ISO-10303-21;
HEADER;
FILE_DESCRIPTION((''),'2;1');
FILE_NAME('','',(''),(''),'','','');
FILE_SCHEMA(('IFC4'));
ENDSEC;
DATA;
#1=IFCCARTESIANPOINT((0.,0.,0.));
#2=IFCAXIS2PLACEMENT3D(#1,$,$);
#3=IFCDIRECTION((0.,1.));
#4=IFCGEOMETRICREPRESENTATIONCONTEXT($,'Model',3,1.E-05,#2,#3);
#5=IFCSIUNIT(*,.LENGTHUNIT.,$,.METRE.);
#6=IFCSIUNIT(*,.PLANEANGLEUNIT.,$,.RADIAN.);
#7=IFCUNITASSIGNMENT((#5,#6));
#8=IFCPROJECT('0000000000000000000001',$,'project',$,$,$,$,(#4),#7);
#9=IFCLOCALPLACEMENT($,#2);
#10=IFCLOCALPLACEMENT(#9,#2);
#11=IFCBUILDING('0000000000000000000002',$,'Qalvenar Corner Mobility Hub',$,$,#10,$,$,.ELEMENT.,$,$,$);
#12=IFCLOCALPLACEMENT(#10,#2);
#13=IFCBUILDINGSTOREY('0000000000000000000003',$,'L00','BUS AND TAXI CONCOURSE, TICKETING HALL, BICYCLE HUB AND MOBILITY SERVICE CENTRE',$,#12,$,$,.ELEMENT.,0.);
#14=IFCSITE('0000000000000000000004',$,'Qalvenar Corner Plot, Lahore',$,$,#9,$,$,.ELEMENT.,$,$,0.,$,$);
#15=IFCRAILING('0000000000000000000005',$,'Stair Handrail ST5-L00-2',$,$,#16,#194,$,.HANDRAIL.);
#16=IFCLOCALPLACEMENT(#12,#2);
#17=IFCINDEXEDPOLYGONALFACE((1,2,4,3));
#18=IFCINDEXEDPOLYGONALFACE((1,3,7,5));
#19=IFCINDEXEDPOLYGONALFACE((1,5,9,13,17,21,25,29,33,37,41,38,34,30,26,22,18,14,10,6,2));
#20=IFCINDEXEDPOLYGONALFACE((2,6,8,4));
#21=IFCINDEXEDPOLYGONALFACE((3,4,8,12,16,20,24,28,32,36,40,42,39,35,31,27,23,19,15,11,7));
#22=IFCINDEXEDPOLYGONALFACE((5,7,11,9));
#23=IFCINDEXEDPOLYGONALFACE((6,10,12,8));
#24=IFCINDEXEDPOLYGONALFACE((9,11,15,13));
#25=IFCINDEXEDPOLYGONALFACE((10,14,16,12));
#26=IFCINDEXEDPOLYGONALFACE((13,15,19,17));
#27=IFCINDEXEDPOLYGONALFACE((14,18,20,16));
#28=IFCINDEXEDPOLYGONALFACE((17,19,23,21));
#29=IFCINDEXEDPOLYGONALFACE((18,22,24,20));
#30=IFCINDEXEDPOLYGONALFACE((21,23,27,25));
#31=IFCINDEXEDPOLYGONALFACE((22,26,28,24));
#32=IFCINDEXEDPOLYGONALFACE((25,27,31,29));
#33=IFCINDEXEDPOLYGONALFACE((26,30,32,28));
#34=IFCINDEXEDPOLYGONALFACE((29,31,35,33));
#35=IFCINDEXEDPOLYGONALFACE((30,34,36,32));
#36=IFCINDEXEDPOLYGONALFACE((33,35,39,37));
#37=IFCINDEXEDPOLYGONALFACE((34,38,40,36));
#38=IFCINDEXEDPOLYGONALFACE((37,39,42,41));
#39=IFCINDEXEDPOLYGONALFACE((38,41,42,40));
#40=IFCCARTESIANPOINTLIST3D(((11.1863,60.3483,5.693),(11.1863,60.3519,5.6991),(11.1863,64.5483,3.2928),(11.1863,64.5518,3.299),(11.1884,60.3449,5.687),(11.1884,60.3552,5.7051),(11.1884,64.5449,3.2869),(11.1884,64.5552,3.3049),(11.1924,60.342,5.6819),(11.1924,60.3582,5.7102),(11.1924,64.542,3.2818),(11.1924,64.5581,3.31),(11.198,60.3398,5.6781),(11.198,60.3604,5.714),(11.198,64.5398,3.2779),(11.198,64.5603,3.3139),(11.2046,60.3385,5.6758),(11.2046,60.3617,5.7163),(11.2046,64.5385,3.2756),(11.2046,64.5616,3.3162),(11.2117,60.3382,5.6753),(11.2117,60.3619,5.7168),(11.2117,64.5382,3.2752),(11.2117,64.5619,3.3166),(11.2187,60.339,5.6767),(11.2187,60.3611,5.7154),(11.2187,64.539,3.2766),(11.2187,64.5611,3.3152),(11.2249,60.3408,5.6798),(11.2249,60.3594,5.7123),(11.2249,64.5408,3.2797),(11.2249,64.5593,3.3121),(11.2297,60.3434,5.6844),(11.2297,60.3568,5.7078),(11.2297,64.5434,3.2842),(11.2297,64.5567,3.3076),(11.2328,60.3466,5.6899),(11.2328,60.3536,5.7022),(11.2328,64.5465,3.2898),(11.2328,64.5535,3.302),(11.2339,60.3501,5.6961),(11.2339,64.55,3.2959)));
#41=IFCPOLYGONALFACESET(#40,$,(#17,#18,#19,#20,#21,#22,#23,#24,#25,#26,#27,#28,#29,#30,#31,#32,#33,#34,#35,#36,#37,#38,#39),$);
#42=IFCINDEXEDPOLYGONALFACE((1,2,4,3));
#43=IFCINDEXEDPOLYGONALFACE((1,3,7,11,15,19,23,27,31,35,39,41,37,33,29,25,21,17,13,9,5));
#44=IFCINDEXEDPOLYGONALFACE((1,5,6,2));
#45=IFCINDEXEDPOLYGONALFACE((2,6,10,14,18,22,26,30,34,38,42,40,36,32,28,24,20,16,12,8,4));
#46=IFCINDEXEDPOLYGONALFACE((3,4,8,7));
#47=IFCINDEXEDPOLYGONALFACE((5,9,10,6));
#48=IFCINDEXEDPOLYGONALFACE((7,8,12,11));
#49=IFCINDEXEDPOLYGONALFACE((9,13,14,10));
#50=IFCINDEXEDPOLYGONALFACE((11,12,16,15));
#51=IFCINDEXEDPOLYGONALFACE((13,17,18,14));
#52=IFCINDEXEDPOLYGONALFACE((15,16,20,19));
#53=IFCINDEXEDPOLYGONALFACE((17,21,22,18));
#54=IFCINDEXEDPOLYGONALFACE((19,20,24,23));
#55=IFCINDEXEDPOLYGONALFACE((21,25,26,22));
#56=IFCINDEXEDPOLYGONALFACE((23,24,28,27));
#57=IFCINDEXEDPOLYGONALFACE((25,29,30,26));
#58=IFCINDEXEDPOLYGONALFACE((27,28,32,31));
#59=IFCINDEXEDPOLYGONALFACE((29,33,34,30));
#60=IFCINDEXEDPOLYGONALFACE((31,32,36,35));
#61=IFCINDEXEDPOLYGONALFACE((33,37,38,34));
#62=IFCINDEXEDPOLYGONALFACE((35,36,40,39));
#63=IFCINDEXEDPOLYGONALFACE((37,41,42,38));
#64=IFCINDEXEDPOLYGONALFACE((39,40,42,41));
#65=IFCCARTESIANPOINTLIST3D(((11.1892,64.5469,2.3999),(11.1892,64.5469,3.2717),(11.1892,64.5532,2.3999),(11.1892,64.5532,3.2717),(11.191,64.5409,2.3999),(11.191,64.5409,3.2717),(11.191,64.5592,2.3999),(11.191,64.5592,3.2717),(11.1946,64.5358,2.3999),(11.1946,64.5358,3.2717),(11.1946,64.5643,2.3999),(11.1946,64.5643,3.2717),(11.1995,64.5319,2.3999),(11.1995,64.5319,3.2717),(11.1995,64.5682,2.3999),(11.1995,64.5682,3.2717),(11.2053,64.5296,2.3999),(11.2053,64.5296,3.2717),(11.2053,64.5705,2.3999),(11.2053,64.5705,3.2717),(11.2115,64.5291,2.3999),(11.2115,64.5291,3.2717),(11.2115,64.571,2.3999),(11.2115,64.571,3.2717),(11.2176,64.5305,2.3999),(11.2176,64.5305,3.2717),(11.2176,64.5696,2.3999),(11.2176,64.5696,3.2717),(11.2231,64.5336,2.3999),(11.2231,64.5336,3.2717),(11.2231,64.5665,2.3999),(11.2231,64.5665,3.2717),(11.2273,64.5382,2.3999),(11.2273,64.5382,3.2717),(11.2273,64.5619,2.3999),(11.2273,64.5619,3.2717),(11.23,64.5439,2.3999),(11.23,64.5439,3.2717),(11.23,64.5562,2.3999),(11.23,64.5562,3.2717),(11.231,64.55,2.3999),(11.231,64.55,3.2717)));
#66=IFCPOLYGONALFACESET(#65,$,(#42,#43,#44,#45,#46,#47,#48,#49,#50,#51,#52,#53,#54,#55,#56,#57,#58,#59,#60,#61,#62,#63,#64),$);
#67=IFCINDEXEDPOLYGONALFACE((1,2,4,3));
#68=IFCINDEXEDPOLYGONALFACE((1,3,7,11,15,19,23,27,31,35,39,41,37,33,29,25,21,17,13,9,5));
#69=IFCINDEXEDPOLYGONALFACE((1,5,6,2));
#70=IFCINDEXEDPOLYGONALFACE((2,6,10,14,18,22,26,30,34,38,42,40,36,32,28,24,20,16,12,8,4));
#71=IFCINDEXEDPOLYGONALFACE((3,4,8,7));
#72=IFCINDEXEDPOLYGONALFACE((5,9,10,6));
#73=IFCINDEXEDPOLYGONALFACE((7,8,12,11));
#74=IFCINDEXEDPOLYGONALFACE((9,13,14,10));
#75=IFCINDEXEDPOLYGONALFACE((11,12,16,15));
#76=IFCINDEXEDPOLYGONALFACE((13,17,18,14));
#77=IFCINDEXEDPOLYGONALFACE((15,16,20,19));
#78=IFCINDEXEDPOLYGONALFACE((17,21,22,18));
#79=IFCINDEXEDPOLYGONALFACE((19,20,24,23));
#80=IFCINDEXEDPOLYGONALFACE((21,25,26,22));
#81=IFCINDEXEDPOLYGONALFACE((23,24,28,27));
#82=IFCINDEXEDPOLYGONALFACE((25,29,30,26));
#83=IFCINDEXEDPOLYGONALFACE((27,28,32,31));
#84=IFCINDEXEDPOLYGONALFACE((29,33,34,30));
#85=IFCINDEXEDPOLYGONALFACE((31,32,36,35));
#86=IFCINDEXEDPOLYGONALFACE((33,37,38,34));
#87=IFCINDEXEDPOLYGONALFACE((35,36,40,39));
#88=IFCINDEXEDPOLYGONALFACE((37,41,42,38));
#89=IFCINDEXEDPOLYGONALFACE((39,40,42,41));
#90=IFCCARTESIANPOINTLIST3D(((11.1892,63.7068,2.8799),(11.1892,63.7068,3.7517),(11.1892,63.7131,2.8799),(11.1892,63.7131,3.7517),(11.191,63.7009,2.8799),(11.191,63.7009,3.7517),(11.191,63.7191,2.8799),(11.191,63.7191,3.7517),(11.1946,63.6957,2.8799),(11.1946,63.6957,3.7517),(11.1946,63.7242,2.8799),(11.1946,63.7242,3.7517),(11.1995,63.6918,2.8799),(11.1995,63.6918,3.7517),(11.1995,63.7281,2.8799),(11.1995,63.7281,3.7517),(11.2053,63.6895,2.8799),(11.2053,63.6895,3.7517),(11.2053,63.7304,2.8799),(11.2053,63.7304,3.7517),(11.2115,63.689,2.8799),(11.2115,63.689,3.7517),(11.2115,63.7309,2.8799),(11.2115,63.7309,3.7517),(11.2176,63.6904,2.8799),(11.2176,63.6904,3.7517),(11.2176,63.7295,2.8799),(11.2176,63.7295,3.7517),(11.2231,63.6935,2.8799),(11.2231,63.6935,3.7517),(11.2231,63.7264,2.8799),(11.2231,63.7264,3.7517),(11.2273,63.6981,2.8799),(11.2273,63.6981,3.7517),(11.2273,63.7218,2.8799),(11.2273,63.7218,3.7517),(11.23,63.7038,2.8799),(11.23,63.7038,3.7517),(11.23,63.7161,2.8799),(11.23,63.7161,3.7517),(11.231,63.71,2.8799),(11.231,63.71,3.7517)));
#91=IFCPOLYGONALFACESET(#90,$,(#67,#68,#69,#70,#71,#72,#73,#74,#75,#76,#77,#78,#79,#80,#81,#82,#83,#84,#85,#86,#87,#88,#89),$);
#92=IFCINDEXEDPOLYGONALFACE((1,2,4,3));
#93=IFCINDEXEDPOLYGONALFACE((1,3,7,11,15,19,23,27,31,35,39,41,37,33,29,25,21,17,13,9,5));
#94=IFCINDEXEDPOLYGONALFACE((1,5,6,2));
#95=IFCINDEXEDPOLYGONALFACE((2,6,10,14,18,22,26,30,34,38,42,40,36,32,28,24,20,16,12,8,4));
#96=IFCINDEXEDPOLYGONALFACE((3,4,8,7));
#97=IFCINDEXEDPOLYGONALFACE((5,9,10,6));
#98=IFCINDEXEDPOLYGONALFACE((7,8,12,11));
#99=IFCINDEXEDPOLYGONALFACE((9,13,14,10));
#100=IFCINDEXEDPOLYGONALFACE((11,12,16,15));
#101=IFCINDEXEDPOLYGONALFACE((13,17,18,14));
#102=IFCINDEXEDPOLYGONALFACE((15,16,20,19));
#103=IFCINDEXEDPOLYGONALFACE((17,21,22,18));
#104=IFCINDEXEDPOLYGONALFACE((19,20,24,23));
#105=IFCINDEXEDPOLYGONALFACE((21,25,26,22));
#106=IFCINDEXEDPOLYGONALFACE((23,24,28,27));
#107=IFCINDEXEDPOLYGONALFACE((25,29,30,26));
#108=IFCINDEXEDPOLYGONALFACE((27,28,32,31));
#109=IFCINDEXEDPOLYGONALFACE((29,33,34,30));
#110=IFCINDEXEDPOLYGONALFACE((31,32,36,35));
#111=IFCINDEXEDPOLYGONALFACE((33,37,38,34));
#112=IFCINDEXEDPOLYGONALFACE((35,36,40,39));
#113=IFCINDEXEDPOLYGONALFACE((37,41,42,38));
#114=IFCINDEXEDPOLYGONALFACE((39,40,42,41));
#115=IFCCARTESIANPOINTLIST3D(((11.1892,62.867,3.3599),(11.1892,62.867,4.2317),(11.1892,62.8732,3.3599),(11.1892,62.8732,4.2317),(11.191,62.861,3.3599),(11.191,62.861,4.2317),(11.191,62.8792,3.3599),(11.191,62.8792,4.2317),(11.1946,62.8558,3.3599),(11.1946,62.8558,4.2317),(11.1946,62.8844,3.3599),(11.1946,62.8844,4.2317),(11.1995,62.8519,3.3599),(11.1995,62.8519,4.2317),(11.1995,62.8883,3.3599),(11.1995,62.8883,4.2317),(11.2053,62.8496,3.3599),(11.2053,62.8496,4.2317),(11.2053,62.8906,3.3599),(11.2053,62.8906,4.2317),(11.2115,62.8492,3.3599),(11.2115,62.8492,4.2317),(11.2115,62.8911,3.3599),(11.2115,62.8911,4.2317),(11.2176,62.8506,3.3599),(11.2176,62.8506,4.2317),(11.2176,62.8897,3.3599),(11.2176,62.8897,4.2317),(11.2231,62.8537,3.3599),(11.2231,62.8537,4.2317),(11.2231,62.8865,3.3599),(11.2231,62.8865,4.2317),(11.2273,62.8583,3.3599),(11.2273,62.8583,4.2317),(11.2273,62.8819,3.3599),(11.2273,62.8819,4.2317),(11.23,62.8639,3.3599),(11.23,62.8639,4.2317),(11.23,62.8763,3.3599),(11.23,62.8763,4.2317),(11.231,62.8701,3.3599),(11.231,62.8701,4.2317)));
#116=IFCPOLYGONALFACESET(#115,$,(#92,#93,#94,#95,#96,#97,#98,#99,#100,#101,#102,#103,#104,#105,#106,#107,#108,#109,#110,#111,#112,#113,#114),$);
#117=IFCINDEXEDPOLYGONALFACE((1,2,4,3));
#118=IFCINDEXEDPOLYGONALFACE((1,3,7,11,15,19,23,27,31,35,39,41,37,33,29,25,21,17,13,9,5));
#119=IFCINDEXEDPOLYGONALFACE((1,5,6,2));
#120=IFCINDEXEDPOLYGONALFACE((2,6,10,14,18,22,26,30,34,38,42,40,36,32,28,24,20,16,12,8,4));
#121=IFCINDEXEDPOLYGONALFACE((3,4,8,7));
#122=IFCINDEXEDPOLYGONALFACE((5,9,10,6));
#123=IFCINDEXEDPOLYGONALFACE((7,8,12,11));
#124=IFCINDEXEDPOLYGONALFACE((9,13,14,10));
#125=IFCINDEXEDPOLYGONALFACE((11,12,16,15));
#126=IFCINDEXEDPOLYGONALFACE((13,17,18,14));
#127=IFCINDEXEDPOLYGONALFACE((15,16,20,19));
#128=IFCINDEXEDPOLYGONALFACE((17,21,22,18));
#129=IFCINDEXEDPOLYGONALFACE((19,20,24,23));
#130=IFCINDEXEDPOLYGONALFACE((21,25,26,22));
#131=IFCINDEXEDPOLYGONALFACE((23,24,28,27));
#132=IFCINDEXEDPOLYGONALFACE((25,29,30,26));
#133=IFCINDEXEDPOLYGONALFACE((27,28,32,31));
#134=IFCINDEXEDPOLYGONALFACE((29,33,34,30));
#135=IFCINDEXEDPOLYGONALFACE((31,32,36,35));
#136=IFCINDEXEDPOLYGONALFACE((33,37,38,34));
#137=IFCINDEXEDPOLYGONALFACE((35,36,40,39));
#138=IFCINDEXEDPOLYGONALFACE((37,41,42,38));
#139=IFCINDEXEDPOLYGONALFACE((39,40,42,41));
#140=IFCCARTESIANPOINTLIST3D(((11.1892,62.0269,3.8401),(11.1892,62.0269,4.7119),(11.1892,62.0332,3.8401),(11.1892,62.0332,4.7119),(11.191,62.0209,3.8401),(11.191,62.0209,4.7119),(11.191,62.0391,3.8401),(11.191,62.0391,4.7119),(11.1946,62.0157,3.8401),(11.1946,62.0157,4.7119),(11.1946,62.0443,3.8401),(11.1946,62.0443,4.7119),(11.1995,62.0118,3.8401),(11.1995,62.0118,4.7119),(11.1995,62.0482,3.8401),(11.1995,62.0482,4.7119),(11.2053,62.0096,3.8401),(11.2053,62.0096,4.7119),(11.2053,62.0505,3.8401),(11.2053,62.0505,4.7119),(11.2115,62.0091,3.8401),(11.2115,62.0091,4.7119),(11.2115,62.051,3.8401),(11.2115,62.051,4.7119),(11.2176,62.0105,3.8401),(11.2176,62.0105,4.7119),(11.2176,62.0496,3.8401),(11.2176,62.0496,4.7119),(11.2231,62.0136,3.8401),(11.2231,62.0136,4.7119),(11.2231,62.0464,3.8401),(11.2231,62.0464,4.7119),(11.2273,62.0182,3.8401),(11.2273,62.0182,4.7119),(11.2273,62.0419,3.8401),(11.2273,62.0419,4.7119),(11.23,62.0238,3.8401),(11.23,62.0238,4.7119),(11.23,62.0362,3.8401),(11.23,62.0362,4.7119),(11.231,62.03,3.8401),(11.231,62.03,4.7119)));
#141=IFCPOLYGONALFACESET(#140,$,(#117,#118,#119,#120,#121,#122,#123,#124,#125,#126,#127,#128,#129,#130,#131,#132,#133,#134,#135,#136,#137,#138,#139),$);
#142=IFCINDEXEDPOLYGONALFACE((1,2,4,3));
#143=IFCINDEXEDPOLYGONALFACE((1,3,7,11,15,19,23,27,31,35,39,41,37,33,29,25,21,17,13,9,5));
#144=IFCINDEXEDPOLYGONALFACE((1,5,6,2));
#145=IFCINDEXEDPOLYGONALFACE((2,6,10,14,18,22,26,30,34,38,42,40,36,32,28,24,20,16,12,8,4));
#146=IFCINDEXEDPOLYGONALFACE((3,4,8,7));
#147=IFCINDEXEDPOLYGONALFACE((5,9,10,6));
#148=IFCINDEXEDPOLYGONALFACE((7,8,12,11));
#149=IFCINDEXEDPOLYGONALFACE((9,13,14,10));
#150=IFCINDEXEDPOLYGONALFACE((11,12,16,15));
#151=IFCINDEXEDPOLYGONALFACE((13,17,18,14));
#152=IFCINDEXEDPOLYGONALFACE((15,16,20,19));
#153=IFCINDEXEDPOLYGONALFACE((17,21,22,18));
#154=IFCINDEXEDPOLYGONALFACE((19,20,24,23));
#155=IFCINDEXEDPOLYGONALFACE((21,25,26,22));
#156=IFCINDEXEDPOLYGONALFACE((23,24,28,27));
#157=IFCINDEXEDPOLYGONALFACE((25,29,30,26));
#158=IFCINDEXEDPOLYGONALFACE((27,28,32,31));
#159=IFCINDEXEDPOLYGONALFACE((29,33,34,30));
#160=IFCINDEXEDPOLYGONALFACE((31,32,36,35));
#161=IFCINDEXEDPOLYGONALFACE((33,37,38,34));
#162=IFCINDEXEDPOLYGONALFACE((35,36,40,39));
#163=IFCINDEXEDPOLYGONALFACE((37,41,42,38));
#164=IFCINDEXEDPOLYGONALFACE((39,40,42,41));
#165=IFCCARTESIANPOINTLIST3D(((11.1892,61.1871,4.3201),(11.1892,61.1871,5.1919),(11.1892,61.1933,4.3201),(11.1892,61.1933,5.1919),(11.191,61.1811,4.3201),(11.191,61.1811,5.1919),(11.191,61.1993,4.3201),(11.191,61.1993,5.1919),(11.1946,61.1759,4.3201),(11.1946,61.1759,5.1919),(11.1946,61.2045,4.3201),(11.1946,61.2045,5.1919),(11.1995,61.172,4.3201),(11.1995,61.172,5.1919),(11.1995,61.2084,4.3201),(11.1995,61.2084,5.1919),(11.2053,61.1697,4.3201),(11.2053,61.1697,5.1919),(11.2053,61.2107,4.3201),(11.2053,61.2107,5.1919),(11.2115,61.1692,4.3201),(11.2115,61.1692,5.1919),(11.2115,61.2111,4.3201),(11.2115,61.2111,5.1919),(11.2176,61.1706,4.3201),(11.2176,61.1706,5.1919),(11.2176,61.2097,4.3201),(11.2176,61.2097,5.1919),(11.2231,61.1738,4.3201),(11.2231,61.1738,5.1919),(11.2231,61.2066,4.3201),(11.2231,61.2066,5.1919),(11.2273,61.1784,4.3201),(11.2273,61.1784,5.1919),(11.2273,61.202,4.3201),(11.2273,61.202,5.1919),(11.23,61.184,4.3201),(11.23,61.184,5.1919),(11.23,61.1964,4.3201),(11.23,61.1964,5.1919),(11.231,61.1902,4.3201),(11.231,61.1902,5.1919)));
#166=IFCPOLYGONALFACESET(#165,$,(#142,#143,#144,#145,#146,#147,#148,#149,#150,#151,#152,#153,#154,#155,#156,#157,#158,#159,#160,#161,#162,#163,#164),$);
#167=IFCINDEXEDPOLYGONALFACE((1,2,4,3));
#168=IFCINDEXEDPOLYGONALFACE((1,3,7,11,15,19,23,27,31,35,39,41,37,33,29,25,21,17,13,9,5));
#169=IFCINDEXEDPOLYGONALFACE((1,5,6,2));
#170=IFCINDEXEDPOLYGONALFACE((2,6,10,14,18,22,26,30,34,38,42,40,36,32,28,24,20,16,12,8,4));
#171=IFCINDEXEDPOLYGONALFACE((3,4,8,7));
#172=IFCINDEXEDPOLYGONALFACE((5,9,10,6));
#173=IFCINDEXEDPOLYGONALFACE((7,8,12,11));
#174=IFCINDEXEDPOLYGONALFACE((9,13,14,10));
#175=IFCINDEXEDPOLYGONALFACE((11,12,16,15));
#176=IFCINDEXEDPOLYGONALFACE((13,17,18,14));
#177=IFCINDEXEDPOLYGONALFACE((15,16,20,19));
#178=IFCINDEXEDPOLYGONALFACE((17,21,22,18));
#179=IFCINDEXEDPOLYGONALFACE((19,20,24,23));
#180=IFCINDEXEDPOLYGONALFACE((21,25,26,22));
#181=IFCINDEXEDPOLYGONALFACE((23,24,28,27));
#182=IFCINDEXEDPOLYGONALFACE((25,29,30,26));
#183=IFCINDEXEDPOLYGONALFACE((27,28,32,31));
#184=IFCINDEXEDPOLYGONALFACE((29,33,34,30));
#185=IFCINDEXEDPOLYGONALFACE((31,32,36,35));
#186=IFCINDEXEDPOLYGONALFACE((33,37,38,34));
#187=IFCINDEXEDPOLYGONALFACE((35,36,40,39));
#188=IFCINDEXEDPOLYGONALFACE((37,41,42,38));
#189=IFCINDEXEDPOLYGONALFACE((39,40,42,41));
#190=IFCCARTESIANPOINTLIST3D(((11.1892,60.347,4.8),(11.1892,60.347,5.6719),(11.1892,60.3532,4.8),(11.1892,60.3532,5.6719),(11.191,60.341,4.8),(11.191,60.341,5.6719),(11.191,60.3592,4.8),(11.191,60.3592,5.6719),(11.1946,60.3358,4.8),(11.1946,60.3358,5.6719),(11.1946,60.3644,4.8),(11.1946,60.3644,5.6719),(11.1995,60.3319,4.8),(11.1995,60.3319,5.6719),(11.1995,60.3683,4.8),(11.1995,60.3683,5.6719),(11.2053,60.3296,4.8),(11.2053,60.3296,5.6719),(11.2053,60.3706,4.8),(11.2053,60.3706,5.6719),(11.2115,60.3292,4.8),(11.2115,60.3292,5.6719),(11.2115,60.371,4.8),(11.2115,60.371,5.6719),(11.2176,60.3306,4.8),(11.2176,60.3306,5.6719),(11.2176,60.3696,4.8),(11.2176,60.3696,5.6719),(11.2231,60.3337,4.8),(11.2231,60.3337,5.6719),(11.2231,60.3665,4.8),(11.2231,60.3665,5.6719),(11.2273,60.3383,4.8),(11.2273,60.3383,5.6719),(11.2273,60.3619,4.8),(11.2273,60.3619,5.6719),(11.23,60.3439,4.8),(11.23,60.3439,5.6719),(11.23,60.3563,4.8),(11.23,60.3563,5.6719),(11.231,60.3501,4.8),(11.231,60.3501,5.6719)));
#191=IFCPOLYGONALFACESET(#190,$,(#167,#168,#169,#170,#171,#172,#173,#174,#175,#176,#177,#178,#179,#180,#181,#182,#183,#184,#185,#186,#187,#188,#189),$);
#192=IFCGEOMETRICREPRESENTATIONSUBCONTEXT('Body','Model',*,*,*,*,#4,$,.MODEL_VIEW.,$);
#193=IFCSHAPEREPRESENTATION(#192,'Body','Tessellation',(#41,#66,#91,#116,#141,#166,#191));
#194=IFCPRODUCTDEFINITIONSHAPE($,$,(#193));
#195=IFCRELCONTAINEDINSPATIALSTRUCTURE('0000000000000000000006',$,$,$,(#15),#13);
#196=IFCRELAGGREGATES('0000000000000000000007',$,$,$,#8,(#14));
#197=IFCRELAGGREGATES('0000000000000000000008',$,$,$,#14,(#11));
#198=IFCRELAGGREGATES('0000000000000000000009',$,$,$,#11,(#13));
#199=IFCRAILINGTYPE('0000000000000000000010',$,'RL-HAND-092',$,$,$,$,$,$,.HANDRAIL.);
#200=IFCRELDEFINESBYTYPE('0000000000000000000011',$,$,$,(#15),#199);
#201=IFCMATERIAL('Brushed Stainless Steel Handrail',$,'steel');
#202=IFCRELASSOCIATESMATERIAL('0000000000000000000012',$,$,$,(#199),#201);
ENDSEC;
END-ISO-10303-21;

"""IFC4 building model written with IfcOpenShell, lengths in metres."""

from ifc_helpers import new_model, si_unit, direction, frame, origin, origin_2d, place, context, subcontext, project, spatial, circle, extrude, material, type_object, element, save


model = new_model("IFC4")

# Units and contexts
model_context = context("Model", 3, precision=1e-05, world=origin(), true_north=direction((0.0, 1.0)))
body_context = subcontext(model_context, "Body", "Model", "MODEL_VIEW")
ifc_project = project(units=[si_unit("LENGTHUNIT", "METRE"), si_unit("PLANEANGLEUNIT", "RADIAN")], contexts=[model_context])

# Site, building, storey
site_placement = place(None, origin())
site = spatial("IfcSite", under=ifc_project, at=site_placement, Name="Qalvenar Corner Plot, Lahore", CompositionType="ELEMENT", RefElevation=0.0)
building_placement = place(site_placement, origin())
building = spatial("IfcBuilding", under=site, at=building_placement, Name="Qalvenar Corner Mobility Hub", CompositionType="ELEMENT")
storey_placement = place(building_placement, origin())
storey = spatial("IfcBuildingStorey", under=building, at=storey_placement, Name="L00", Description="BUS AND TAXI CONCOURSE, TICKETING HALL, BICYCLE HUB AND MOBILITY SERVICE CENTRE", CompositionType="ELEMENT", Elevation=0.0)

# Railing
ifc_material_1 = material(Name="Brushed Stainless Steel Handrail", Category="steel")
railing_type_1 = type_object("IfcRailingType", Name="RL-HAND-092", PredefinedType="HANDRAIL", material=ifc_material_1)
railing_1_placement = place(storey_placement, frame((11.21, 64.55, 2.3999)))
element("IfcRailing", 1, at=railing_1_placement, inside=storey, type_object=railing_type_1, Name="Stair Handrail ST5-L00-2", PredefinedType="HANDRAIL", context=body_context, shape_type="SweptSolid", body=[
    extrude(circle(Radius=0.0239, at=origin_2d()), frame((0.0, 0.0, 0.896), z_axis=(0.0, -0.868228, 0.496166), x_axis=(1.0, 0.0, 0.0)), (0.0, 0.0, 1.0), 4.8374),
    extrude(circle(Radius=0.021, at=origin_2d()), origin(), (0.0, 0.0, 1.0), 0.8718),
    extrude(circle(Radius=0.021, at=origin_2d()), frame((0.0, -0.8401, 0.48)), (0.0, 0.0, 1.0), 0.8718),
    extrude(circle(Radius=0.021, at=origin_2d()), frame((0.0, -1.6799, 0.96)), (0.0, 0.0, 1.0), 0.8718),
    extrude(circle(Radius=0.021, at=origin_2d()), frame((0.0, -2.52, 1.4402)), (0.0, 0.0, 1.0), 0.8718),
    extrude(circle(Radius=0.021, at=origin_2d()), frame((0.0, -3.3599, 1.9202)), (0.0, 0.0, 1.0), 0.8718),
    extrude(circle(Radius=0.021, at=origin_2d()), frame((0.0, -4.2, 2.4001)), (0.0, 0.0, 1.0), 0.8718),
])

save(model, "model.ifc")
